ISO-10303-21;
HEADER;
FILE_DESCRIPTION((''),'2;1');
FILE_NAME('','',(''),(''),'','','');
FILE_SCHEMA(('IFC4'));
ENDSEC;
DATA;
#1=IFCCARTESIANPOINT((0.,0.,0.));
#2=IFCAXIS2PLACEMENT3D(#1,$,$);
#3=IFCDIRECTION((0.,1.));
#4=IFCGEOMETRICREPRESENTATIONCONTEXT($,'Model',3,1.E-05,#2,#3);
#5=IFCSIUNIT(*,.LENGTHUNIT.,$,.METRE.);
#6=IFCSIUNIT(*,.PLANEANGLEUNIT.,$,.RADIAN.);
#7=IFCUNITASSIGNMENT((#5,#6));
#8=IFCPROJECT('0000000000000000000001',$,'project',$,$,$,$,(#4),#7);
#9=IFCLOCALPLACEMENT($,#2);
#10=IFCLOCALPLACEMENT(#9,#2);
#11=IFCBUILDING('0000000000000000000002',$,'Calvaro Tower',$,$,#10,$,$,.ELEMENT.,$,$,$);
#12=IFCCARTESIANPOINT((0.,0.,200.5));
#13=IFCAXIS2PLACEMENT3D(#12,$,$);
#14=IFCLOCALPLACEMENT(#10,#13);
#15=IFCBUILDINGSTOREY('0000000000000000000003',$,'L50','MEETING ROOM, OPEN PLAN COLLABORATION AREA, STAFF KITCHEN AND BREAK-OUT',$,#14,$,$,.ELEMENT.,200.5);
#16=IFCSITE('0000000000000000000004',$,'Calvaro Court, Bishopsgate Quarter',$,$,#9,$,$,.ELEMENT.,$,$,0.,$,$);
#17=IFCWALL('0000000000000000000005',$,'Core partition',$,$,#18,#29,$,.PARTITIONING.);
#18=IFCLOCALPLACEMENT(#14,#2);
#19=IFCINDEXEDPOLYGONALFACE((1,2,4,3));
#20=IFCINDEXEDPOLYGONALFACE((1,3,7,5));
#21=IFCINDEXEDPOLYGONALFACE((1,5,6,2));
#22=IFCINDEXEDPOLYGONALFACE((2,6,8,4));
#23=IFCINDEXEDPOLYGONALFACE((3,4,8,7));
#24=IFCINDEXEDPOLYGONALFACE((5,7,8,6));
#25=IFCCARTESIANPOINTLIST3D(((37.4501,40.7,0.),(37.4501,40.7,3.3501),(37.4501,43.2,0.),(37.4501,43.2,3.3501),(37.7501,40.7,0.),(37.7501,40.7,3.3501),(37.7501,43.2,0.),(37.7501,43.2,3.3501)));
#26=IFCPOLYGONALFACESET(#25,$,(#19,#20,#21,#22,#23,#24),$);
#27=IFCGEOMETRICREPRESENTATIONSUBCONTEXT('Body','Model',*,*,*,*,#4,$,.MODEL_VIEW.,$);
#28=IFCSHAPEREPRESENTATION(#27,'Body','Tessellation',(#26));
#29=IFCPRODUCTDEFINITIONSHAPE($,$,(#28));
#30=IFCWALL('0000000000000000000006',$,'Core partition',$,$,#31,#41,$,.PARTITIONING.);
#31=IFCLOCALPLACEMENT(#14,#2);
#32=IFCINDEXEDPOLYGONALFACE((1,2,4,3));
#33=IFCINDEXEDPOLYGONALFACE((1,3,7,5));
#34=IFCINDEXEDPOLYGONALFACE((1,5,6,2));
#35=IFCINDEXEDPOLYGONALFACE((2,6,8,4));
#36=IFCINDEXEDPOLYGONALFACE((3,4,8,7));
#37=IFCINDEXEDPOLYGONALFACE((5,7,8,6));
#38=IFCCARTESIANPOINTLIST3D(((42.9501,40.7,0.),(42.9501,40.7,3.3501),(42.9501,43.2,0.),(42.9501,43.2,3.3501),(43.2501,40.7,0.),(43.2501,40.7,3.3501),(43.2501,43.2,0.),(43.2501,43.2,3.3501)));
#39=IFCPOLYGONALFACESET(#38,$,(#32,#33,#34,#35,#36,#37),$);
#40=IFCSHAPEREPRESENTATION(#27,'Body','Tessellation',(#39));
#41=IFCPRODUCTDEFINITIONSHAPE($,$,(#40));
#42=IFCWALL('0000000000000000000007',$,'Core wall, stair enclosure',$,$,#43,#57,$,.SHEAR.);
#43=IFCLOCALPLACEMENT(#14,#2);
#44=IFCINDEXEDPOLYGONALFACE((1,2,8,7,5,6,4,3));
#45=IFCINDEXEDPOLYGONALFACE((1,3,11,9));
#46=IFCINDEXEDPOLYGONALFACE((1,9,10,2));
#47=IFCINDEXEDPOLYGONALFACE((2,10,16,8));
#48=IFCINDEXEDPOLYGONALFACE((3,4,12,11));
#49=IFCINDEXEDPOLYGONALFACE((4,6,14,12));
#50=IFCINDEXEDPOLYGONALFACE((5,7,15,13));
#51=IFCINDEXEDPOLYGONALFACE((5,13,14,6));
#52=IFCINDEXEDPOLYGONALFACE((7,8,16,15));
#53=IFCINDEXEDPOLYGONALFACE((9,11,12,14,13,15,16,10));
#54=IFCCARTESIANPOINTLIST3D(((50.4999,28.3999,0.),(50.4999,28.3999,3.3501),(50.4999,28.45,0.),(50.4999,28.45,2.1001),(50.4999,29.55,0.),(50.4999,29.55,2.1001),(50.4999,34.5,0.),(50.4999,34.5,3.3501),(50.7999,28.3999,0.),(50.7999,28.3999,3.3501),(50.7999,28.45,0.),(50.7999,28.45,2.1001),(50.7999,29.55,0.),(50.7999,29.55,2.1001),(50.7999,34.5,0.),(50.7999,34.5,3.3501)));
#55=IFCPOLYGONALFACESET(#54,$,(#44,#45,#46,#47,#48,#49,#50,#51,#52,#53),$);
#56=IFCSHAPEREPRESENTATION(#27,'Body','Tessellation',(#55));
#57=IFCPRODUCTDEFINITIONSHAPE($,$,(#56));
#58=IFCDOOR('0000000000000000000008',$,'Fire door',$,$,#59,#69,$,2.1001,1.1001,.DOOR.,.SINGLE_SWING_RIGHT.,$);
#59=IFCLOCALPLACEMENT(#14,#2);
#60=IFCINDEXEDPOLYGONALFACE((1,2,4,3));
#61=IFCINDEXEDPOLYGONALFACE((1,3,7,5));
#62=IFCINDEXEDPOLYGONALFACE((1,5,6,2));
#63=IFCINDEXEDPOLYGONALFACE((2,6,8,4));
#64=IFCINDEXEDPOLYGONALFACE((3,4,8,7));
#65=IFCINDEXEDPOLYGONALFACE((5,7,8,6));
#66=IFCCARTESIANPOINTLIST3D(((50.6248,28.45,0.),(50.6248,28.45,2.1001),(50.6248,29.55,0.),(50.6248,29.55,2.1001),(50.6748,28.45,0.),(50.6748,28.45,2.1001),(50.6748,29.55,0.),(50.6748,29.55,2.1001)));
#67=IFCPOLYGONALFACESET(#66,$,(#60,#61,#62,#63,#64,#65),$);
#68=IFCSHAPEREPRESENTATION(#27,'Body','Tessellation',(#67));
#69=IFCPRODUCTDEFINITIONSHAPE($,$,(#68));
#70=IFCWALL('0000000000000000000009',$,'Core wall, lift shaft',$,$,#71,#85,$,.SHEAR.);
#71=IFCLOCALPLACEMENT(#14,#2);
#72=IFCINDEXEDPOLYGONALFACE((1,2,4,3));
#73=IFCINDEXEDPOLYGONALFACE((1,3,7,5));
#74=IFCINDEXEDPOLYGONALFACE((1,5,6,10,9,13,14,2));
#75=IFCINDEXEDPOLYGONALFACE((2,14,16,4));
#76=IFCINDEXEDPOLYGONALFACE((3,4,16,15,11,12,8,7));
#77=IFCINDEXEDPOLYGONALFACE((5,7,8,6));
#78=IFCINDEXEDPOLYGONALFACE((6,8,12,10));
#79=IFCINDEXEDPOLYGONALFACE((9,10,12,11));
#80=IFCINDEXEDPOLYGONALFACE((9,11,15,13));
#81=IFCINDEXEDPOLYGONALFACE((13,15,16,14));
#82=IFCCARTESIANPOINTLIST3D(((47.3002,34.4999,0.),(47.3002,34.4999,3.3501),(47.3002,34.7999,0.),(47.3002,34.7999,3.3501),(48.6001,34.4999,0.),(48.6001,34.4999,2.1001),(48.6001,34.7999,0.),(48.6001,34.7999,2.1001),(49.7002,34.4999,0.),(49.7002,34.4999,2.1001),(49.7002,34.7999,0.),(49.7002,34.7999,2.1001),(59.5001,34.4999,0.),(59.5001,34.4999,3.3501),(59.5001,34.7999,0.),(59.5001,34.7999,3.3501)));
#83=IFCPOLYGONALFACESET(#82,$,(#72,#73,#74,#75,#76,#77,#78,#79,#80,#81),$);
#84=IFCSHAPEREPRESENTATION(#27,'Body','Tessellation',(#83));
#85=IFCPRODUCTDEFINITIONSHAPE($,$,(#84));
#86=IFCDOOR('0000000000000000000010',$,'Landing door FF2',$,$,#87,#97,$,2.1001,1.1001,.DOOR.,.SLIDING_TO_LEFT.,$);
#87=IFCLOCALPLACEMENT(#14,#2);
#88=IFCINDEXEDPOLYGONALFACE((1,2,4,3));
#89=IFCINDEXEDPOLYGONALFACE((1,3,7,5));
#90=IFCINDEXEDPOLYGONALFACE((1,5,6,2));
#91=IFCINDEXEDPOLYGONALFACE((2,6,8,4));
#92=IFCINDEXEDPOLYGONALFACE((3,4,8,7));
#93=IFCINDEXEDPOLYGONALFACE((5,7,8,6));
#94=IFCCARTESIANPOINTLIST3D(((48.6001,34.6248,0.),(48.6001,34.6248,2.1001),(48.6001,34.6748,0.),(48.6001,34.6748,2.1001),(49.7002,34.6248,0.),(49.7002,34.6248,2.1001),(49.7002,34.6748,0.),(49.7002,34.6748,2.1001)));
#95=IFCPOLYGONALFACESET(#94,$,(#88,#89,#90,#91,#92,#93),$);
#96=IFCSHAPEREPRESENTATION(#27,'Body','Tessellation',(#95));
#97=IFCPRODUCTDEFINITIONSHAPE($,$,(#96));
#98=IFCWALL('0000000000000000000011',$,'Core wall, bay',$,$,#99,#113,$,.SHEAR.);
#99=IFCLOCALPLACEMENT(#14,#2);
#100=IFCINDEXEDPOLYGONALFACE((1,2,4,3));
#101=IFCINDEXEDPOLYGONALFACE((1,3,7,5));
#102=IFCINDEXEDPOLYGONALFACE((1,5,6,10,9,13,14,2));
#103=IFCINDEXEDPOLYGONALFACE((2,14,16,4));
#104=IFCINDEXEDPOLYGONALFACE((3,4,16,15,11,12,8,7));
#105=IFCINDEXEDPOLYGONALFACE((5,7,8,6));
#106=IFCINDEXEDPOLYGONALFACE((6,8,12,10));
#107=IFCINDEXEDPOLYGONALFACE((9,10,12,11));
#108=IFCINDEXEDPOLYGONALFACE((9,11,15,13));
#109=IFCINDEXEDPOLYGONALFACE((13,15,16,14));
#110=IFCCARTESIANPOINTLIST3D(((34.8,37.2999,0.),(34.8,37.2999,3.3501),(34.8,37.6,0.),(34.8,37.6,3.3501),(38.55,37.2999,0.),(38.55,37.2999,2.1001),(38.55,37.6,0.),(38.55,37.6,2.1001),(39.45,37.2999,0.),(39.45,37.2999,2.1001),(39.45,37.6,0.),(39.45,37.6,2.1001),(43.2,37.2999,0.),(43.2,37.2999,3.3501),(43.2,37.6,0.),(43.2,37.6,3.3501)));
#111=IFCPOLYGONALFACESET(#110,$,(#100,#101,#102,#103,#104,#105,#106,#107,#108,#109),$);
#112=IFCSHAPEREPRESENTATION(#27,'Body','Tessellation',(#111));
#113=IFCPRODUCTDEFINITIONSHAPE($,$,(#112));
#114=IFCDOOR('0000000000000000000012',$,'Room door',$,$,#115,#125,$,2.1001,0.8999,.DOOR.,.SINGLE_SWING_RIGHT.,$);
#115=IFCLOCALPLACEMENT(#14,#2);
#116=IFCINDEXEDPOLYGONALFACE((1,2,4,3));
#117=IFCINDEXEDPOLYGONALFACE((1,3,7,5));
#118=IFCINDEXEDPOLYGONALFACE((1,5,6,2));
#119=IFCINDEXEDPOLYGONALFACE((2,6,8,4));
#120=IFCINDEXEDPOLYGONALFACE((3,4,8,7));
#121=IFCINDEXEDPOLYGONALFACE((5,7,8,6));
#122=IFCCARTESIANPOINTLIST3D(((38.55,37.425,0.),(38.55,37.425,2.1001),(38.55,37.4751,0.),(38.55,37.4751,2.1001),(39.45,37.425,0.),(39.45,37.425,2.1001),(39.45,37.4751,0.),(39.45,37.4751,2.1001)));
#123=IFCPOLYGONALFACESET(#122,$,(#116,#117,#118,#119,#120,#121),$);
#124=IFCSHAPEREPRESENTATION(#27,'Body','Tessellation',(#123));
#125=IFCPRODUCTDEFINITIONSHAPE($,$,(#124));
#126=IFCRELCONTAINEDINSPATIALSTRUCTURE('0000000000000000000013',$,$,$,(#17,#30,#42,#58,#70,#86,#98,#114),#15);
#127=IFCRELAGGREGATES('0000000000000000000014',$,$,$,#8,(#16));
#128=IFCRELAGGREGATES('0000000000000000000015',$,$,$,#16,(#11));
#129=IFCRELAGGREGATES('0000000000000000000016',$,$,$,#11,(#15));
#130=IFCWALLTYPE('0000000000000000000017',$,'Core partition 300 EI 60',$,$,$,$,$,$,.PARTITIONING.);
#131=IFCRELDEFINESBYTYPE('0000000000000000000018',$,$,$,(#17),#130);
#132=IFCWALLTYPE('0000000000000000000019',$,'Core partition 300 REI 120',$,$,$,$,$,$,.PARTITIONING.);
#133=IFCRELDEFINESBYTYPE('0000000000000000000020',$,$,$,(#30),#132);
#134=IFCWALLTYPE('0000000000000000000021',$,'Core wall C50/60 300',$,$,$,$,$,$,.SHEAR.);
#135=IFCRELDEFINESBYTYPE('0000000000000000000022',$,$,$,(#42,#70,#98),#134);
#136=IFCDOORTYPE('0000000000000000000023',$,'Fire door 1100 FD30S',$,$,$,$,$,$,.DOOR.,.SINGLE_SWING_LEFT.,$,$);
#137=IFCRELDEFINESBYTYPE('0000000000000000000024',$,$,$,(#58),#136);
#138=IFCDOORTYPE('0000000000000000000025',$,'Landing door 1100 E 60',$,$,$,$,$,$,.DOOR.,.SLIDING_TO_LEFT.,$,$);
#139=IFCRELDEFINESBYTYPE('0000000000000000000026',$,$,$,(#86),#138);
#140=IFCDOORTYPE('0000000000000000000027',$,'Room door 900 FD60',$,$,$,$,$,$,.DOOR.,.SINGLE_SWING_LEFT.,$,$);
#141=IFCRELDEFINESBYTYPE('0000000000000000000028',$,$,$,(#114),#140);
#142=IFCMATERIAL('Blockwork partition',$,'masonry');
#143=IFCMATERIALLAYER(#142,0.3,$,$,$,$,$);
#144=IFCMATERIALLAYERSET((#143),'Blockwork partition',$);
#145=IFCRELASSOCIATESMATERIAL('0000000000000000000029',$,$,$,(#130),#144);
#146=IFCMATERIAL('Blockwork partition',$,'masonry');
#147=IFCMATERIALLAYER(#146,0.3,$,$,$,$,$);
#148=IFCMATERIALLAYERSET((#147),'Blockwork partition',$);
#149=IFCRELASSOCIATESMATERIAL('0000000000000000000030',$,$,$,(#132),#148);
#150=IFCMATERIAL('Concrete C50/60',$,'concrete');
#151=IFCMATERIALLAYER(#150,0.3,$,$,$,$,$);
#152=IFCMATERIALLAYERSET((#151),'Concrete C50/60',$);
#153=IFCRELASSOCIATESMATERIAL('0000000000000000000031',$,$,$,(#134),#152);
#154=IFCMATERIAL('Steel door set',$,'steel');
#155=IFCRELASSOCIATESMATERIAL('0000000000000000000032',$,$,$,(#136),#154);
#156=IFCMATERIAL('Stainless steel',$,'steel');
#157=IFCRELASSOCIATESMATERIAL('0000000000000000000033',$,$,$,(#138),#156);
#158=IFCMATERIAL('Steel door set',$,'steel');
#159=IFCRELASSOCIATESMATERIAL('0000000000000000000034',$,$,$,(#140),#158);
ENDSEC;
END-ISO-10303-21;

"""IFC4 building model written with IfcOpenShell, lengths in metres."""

from ifc_helpers import new_model, si_unit, direction, frame, frame_2d, origin, place, context, subcontext, project, spatial, rectangle, extrude, material, layer, layer_set, type_object, element, fill, save


model = new_model("IFC4")

# Units and contexts
model_context = context("Model", 3, precision=1e-05, world=origin(), true_north=direction((0.0, 1.0)))
body_context = subcontext(model_context, "Body", "Model", "MODEL_VIEW")
ifc_project = project(units=[si_unit("LENGTHUNIT", "METRE"), si_unit("PLANEANGLEUNIT", "RADIAN")], contexts=[model_context])

# Site, building, storey
site_placement = place(None, origin())
site = spatial("IfcSite", under=ifc_project, at=site_placement, Name="Calvaro Court, Bishopsgate Quarter", CompositionType="ELEMENT", RefElevation=0.0)
building_placement = place(site_placement, origin())
building = spatial("IfcBuilding", under=site, at=building_placement, Name="Calvaro Tower", CompositionType="ELEMENT")
storey_placement = place(building_placement, frame((0.0, 0.0, 200.5)))
storey = spatial("IfcBuildingStorey", under=building, at=storey_placement, Name="L50", Description="MEETING ROOM, OPEN PLAN COLLABORATION AREA, STAFF KITCHEN AND BREAK-OUT", CompositionType="ELEMENT", Elevation=200.5)

# Walls
ifc_material_1 = material(Name="Blockwork partition", Category="masonry")
ifc_layer_1 = layer(ifc_material_1, 0.3)
ifc_layer_set_1 = layer_set([ifc_layer_1], Name="Blockwork partition")
wall_type_1 = type_object("IfcWallType", Name="Core partition 300 EI 60", PredefinedType="PARTITIONING", material=ifc_layer_set_1)
wall_1_placement = place(storey_placement, frame((37.6001, 40.7, 0.0), z_axis=(0.0, 0.0, 1.0), x_axis=(0.0, 1.0, 0.0)))
element("IfcWall", 1, at=wall_1_placement, inside=storey, type_object=wall_type_1, Name="Core partition", PredefinedType="PARTITIONING", context=body_context, shape_type="SweptSolid", body=[
    extrude(rectangle(XDim=2.5, YDim=0.3, at=frame_2d((1.25, 0.0))), origin(), (0.0, 0.0, 1.0), 3.3501),
])
ifc_material_2 = material(Name="Blockwork partition", Category="masonry")
ifc_layer_2 = layer(ifc_material_2, 0.3)
ifc_layer_set_2 = layer_set([ifc_layer_2], Name="Blockwork partition")
wall_type_2 = type_object("IfcWallType", Name="Core partition 300 REI 120", PredefinedType="PARTITIONING", material=ifc_layer_set_2)
wall_2_placement = place(storey_placement, frame((43.1001, 40.7, 0.0), z_axis=(0.0, 0.0, 1.0), x_axis=(0.0, 1.0, 0.0)))
element("IfcWall", 2, at=wall_2_placement, inside=storey, type_object=wall_type_2, Name="Core partition", PredefinedType="PARTITIONING", context=body_context, shape_type="SweptSolid", body=[
    extrude(rectangle(XDim=2.5, YDim=0.3, at=frame_2d((1.25, 0.0))), origin(), (0.0, 0.0, 1.0), 3.3501),
])

# Walls, openings, doors
ifc_material_3 = material(Name="Concrete C50/60", Category="concrete")
ifc_layer_3 = layer(ifc_material_3, 0.3)
ifc_layer_set_3 = layer_set([ifc_layer_3], Name="Concrete C50/60")
wall_type_3 = type_object("IfcWallType", Name="Core wall C50/60 300", PredefinedType="SHEAR", material=ifc_layer_set_3)
wall_3_placement = place(storey_placement, frame((50.6499, 34.5, 0.0), z_axis=(0.0, 0.0, 1.0), x_axis=(0.0, -1.0, 0.0)))
wall_3 = element("IfcWall", 3, at=wall_3_placement, inside=storey, type_object=wall_type_3, Name="Core wall, stair enclosure", PredefinedType="SHEAR", context=body_context, shape_type="SweptSolid", body=[
    extrude(rectangle(XDim=6.1001, YDim=0.3, at=frame_2d((3.05, 0.0))), origin(), (0.0, 0.0, 1.0), 3.3501),
])
opening_1_placement = place(wall_3_placement, frame((4.95, 0.0, 0.0)))
opening_1 = element("IfcOpeningElement", 4, at=opening_1_placement, cuts=wall_3, PredefinedType="OPENING", context=body_context, shape_type="SweptSolid", body=[
    extrude(rectangle(XDim=1.1001, YDim=2.1001, at=frame_2d((0.55, 1.05))), frame((0.0, 0.1599, 0.0), z_axis=(0.0, -1.0, 0.0), x_axis=(1.0, 0.0, 0.0)), (0.0, 0.0, 1.0), 0.3201),
])
ifc_material_4 = material(Name="Steel door set", Category="steel")
door_type_1 = type_object("IfcDoorType", Name="Fire door 1100 FD30S", OperationType="SINGLE_SWING_LEFT", PredefinedType="DOOR", material=ifc_material_4)
door_1_placement = place(opening_1_placement, origin())
door_1 = element("IfcDoor", 5, at=door_1_placement, inside=storey, type_object=door_type_1, Name="Fire door", OperationType="SINGLE_SWING_RIGHT", OverallHeight=2.1001, OverallWidth=1.1001, PredefinedType="DOOR", context=body_context, shape_type="SweptSolid", body=[
    extrude(rectangle(XDim=1.1001, YDim=2.1001, at=frame_2d((0.55, 1.05))), frame((0.0, 0.0249, 0.0), z_axis=(0.0, -1.0, 0.0), x_axis=(1.0, 0.0, 0.0)), (0.0, 0.0, 1.0), 0.05),
])
fill(opening_1, door_1)
wall_4_placement = place(storey_placement, frame((47.3, 34.6499, 0.0), z_axis=(0.0, 0.0, 1.0), x_axis=(1.0, 0.0, 0.0)))
wall_4 = element("IfcWall", 6, at=wall_4_placement, inside=storey, type_object=wall_type_3, Name="Core wall, lift shaft", PredefinedType="SHEAR", context=body_context, shape_type="SweptSolid", body=[
    extrude(rectangle(XDim=12.2, YDim=0.3, at=frame_2d((6.1001, 0.0))), origin(), (0.0, 0.0, 1.0), 3.3501),
])
opening_2_placement = place(wall_4_placement, frame((1.3, 0.0, 0.0)))
opening_2 = element("IfcOpeningElement", 7, at=opening_2_placement, cuts=wall_4, PredefinedType="OPENING", context=body_context, shape_type="SweptSolid", body=[
    extrude(rectangle(XDim=1.1001, YDim=2.1001, at=frame_2d((0.55, 1.05))), frame((0.0, 0.1599, 0.0), z_axis=(0.0, -1.0, 0.0), x_axis=(1.0, 0.0, 0.0)), (0.0, 0.0, 1.0), 0.3201),
])
ifc_material_5 = material(Name="Stainless steel", Category="steel")
door_type_2 = type_object("IfcDoorType", Name="Landing door 1100 E 60", OperationType="SLIDING_TO_LEFT", PredefinedType="DOOR", material=ifc_material_5)
door_2_placement = place(opening_2_placement, origin())
door_2 = element("IfcDoor", 8, at=door_2_placement, inside=storey, type_object=door_type_2, Name="Landing door FF2", OperationType="SLIDING_TO_LEFT", OverallHeight=2.1001, OverallWidth=1.1001, PredefinedType="DOOR", context=body_context, shape_type="SweptSolid", body=[
    extrude(rectangle(XDim=1.1001, YDim=2.1001, at=frame_2d((0.55, 1.05))), frame((0.0, 0.0249, 0.0), z_axis=(0.0, -1.0, 0.0), x_axis=(1.0, 0.0, 0.0)), (0.0, 0.0, 1.0), 0.05),
])
fill(opening_2, door_2)
wall_5_placement = place(storey_placement, frame((43.2, 37.45, 0.0), z_axis=(0.0, 0.0, 1.0), x_axis=(-1.0, 0.0, 0.0)))
wall_5 = element("IfcWall", 9, at=wall_5_placement, inside=storey, type_object=wall_type_3, Name="Core wall, bay", PredefinedType="SHEAR", context=body_context, shape_type="SweptSolid", body=[
    extrude(rectangle(XDim=8.3999, YDim=0.3, at=frame_2d((4.2, 0.0))), origin(), (0.0, 0.0, 1.0), 3.3501),
])
opening_3_placement = place(wall_5_placement, frame((3.75, 0.0, 0.0)))
opening_3 = element("IfcOpeningElement", 10, at=opening_3_placement, cuts=wall_5, PredefinedType="OPENING", context=body_context, shape_type="SweptSolid", body=[
    extrude(rectangle(XDim=0.8999, YDim=2.1001, at=frame_2d((0.45, 1.05))), frame((0.0, 0.1599, 0.0), z_axis=(0.0, -1.0, 0.0), x_axis=(1.0, 0.0, 0.0)), (0.0, 0.0, 1.0), 0.3201),
])
ifc_material_6 = material(Name="Steel door set", Category="steel")
door_type_3 = type_object("IfcDoorType", Name="Room door 900 FD60", OperationType="SINGLE_SWING_LEFT", PredefinedType="DOOR", material=ifc_material_6)
door_3_placement = place(opening_3_placement, origin())
door_3 = element("IfcDoor", 11, at=door_3_placement, inside=storey, type_object=door_type_3, Name="Room door", OperationType="SINGLE_SWING_RIGHT", OverallHeight=2.1001, OverallWidth=0.8999, PredefinedType="DOOR", context=body_context, shape_type="SweptSolid", body=[
    extrude(rectangle(XDim=0.8999, YDim=2.1001, at=frame_2d((0.45, 1.05))), frame((0.0, 0.0249, 0.0), z_axis=(0.0, -1.0, 0.0), x_axis=(1.0, 0.0, 0.0)), (0.0, 0.0, 1.0), 0.05),
])
fill(opening_3, door_3)

save(model, "model.ifc")
